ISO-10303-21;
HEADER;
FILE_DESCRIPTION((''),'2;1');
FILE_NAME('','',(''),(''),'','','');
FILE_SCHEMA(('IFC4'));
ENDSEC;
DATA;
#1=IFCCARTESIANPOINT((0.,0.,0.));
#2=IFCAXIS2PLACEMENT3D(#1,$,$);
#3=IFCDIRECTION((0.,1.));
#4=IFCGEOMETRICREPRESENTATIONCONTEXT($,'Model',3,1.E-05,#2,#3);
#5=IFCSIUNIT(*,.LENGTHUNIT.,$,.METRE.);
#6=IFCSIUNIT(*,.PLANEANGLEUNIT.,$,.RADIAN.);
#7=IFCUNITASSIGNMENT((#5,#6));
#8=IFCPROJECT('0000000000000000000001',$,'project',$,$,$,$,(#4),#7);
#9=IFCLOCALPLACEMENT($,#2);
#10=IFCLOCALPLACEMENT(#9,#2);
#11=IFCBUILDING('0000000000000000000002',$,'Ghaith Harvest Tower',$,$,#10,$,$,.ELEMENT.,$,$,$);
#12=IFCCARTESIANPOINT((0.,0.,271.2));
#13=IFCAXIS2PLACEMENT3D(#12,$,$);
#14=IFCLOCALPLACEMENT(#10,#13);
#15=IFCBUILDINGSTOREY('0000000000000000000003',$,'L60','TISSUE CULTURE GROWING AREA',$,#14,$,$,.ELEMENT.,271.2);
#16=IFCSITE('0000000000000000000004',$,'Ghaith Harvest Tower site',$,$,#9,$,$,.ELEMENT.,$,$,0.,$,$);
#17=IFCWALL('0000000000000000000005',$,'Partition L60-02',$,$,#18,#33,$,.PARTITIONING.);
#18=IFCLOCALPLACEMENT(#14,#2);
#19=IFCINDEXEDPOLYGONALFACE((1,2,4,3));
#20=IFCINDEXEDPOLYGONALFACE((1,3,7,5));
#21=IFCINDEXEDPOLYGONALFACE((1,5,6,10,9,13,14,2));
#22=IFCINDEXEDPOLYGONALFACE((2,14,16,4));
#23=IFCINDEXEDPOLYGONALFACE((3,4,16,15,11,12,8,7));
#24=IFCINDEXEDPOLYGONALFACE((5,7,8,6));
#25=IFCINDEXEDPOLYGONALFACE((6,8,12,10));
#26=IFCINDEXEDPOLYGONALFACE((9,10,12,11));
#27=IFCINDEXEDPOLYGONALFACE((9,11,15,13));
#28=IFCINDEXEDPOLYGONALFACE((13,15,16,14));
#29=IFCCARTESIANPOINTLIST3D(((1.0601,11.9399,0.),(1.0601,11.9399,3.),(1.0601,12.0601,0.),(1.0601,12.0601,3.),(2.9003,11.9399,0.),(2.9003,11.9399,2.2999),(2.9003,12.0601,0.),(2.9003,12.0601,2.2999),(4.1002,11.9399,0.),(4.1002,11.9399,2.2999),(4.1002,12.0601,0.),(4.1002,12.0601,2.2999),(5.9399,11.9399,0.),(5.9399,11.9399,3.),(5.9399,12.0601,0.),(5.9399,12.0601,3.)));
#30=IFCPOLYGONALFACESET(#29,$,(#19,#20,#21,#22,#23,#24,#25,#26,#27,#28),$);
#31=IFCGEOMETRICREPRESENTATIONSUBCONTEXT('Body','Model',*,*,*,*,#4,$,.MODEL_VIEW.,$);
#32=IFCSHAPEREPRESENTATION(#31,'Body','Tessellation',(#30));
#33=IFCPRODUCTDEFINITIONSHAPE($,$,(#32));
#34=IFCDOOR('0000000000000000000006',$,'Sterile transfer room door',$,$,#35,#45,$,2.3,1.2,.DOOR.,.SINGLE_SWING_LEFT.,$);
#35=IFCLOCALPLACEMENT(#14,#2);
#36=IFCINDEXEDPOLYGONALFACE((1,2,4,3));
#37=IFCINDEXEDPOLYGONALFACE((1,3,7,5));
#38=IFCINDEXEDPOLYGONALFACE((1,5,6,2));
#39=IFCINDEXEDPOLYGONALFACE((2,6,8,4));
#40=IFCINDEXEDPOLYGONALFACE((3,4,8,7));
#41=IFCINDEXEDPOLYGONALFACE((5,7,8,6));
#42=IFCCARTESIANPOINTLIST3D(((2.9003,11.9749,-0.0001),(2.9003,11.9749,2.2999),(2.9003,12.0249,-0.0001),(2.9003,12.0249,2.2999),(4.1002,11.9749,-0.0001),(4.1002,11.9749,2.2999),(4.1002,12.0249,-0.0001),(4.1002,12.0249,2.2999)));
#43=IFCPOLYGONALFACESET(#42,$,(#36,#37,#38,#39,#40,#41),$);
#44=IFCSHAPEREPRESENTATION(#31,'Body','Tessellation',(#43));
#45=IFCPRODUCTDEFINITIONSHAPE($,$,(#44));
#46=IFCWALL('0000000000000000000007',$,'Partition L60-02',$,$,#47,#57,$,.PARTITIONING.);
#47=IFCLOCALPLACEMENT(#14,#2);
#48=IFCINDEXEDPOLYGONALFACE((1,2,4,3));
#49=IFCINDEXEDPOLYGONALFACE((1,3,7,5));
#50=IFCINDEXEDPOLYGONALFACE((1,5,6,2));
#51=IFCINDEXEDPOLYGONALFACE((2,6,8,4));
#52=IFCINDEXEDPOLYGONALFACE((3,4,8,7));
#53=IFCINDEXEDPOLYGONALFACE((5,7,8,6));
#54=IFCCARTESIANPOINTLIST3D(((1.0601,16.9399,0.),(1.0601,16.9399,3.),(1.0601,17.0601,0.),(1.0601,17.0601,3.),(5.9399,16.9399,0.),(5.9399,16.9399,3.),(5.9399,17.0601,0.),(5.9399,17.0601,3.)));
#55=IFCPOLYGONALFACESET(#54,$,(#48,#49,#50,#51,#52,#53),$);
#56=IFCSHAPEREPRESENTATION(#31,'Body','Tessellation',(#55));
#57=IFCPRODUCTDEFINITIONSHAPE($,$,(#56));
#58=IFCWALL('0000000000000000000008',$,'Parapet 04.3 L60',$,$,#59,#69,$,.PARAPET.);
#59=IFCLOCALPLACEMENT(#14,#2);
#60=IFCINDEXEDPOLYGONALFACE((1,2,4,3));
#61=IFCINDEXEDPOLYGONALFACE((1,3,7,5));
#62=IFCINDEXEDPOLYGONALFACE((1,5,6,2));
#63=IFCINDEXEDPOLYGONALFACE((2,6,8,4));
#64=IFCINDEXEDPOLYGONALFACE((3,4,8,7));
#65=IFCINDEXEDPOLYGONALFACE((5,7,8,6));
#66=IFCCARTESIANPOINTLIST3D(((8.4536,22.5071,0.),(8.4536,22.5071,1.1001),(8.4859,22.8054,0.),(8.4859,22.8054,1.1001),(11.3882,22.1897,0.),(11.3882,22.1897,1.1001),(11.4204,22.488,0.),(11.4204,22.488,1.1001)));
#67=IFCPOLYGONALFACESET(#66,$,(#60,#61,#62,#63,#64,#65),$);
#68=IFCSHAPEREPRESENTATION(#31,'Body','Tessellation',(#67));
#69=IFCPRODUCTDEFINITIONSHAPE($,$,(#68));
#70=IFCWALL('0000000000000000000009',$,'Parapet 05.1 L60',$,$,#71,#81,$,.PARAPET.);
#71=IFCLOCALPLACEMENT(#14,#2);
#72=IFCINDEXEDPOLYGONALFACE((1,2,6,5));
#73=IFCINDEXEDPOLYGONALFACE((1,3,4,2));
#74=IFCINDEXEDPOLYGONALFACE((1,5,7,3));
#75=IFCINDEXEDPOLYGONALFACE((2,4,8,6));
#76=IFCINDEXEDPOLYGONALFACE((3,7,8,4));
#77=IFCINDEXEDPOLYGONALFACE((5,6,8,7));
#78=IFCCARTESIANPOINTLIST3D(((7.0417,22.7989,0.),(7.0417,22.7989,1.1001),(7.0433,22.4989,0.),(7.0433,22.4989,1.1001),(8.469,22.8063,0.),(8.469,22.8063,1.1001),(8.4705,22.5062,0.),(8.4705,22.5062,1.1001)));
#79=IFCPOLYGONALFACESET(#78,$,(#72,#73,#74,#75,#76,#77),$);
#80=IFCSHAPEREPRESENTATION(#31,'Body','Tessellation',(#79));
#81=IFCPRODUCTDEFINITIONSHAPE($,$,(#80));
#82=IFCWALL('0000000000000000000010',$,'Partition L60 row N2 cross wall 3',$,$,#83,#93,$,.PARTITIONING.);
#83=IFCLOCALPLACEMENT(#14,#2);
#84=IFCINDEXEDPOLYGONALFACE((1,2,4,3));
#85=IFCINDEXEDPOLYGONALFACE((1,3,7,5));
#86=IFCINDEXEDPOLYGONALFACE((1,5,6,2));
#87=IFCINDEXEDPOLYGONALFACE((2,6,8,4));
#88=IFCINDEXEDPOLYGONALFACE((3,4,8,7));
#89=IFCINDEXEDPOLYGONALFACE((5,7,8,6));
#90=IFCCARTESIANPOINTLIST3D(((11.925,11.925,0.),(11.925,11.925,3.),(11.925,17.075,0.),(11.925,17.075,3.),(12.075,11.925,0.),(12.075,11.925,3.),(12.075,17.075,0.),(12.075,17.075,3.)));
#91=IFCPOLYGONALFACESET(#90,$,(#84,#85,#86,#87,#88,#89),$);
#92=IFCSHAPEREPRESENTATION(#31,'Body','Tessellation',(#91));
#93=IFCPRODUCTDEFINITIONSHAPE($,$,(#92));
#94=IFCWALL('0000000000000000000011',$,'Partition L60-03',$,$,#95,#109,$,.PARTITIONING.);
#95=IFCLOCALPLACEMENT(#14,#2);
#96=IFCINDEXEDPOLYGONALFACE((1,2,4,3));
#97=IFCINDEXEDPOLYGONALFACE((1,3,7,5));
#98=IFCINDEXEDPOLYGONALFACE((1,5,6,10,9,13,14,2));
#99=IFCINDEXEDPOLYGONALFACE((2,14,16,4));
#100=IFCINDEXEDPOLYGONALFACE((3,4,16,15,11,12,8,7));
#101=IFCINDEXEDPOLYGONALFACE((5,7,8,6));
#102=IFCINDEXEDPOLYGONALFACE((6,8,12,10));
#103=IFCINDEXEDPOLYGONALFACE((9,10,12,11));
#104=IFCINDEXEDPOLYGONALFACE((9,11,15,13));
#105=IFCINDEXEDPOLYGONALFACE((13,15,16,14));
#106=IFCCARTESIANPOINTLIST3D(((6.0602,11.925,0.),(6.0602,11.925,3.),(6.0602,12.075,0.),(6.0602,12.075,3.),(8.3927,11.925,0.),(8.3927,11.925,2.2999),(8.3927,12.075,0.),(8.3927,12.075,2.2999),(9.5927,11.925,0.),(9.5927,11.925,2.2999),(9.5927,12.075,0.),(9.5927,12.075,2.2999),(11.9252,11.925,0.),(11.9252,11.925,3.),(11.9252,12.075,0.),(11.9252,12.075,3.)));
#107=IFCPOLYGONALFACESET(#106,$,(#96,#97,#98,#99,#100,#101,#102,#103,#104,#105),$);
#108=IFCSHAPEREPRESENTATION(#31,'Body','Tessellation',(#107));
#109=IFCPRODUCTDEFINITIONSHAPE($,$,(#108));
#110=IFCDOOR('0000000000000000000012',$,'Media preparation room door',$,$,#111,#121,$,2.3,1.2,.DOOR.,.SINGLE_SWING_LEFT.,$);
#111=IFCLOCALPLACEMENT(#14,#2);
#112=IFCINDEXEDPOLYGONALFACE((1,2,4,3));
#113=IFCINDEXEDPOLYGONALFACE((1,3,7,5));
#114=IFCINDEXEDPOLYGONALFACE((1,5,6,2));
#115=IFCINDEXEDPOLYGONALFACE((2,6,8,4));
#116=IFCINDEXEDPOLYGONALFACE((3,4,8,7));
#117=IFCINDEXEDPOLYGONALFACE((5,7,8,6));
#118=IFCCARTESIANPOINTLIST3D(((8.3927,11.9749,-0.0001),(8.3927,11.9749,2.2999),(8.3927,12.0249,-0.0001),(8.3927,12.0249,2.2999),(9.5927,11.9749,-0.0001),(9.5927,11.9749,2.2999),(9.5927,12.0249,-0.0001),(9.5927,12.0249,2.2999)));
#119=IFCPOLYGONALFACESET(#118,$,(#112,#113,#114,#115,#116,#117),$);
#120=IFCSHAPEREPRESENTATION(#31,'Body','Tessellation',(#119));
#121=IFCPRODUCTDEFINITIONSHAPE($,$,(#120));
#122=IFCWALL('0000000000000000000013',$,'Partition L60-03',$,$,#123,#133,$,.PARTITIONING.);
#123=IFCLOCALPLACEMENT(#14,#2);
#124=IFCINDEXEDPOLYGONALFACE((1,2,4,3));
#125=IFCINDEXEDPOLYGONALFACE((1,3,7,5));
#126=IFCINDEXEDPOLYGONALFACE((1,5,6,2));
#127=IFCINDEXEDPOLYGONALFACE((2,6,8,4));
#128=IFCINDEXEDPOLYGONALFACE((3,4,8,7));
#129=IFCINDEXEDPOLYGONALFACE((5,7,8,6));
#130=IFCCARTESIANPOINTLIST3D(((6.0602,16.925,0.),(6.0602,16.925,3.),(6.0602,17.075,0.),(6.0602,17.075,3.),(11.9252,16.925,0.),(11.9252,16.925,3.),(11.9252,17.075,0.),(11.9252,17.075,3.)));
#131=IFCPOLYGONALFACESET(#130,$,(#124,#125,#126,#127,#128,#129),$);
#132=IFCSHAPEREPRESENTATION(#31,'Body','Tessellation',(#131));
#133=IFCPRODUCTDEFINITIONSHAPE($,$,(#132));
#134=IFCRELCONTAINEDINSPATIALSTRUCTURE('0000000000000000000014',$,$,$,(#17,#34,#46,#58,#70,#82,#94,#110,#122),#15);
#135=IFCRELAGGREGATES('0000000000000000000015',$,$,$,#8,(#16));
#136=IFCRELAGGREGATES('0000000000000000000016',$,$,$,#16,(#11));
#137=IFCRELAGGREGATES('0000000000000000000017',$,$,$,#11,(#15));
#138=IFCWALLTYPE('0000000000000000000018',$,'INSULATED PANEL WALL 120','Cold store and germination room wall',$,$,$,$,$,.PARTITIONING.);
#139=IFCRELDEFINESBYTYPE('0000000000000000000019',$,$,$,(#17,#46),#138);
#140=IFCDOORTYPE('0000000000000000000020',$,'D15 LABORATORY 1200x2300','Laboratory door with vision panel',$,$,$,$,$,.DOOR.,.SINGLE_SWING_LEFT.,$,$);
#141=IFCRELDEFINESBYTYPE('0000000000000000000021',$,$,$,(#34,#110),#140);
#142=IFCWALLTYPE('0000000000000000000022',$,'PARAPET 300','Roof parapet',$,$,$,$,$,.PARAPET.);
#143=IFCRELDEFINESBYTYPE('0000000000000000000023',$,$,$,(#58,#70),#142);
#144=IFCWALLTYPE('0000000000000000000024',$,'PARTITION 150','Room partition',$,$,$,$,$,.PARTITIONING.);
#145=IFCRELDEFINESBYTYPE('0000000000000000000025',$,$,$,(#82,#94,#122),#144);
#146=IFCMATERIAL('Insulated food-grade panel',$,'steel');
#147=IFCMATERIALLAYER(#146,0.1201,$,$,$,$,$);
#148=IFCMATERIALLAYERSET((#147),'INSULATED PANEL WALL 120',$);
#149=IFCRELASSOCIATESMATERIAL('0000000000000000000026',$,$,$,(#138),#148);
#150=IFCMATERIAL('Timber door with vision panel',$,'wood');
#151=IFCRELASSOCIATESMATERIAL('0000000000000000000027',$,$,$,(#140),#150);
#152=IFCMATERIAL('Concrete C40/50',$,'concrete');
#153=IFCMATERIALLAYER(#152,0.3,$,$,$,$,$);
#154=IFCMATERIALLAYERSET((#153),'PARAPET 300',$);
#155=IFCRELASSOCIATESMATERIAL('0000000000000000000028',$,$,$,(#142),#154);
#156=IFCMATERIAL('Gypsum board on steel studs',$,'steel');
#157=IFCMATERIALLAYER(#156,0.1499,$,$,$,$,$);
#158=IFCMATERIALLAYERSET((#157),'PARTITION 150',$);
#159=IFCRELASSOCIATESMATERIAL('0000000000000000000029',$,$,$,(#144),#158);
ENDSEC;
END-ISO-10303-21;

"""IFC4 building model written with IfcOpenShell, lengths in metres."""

from ifc_helpers import new_model, si_unit, direction, frame, frame_2d, origin, place, context, subcontext, project, spatial, rectangle, extrude, material, layer, layer_set, type_object, element, fill, save


model = new_model("IFC4")

# Units and contexts
model_context = context("Model", 3, precision=1e-05, world=origin(), true_north=direction((0.0, 1.0)))
body_context = subcontext(model_context, "Body", "Model", "MODEL_VIEW")
ifc_project = project(units=[si_unit("LENGTHUNIT", "METRE"), si_unit("PLANEANGLEUNIT", "RADIAN")], contexts=[model_context])

# Site, building, storey
site_placement = place(None, origin())
site = spatial("IfcSite", under=ifc_project, at=site_placement, Name="Ghaith Harvest Tower site", CompositionType="ELEMENT", RefElevation=0.0)
building_placement = place(site_placement, origin())
building = spatial("IfcBuilding", under=site, at=building_placement, Name="Ghaith Harvest Tower", CompositionType="ELEMENT")
storey_placement = place(building_placement, frame((0.0, 0.0, 271.2)))
storey = spatial("IfcBuildingStorey", under=building, at=storey_placement, Name="L60", Description="TISSUE CULTURE GROWING AREA", CompositionType="ELEMENT", Elevation=271.2)

# Shared definitions
ifc_material_1 = material(Name="Insulated food-grade panel", Category="steel")
ifc_layer_1 = layer(ifc_material_1, 0.1201)
ifc_layer_set_1 = layer_set([ifc_layer_1], Name="INSULATED PANEL WALL 120")
wall_type_1 = type_object("IfcWallType", Name="INSULATED PANEL WALL 120", Description="Cold store and germination room wall", PredefinedType="PARTITIONING", material=ifc_layer_set_1)

# Wall, opening, door
wall_1_placement = place(storey_placement, frame((1.0601, 12.0, 0.0), z_axis=(0.0, 0.0, 1.0), x_axis=(1.0, 0.0, 0.0)))
wall_1 = element("IfcWall", 1, at=wall_1_placement, inside=storey, type_object=wall_type_1, Name="Partition L60-02", PredefinedType="PARTITIONING", context=body_context, shape_type="SweptSolid", body=[
    extrude(rectangle(XDim=4.8799, YDim=0.1201, at=frame_2d((2.4399, 0.0))), origin(), (0.0, 0.0, 1.0), 3.0),
])
opening_1_placement = place(wall_1_placement, frame((1.8401, 0.0, 0.0)))
opening_1 = element("IfcOpeningElement", 2, at=opening_1_placement, cuts=wall_1, PredefinedType="OPENING", context=body_context, shape_type="SweptSolid", body=[
    extrude(rectangle(XDim=1.2, YDim=2.3, at=frame_2d((0.6001, 1.1499))), frame((0.0, 0.0701, 0.0), z_axis=(0.0, -1.0, 0.0), x_axis=(1.0, 0.0, 0.0)), (0.0, 0.0, 1.0), 0.1401),
])
ifc_material_2 = material(Name="Timber door with vision panel", Category="wood")
door_type = type_object("IfcDoorType", Name="D15 LABORATORY 1200x2300", Description="Laboratory door with vision panel", OperationType="SINGLE_SWING_LEFT", PredefinedType="DOOR", material=ifc_material_2)
door_1_placement = place(opening_1_placement, origin())
door_1 = element("IfcDoor", 3, at=door_1_placement, inside=storey, type_object=door_type, Name="Sterile transfer room door", OperationType="SINGLE_SWING_LEFT", OverallHeight=2.3, OverallWidth=1.2, PredefinedType="DOOR", context=body_context, shape_type="SweptSolid", body=[
    extrude(rectangle(XDim=1.2, YDim=2.3, at=frame_2d((0.6001, 1.1499))), frame((0.0, 0.0249, 0.0), z_axis=(0.0, -1.0, 0.0), x_axis=(1.0, 0.0, 0.0)), (0.0, 0.0, 1.0), 0.05),
])
fill(opening_1, door_1)

# Walls
wall_2_placement = place(storey_placement, frame((1.0601, 17.0, 0.0), z_axis=(0.0, 0.0, 1.0), x_axis=(1.0, 0.0, 0.0)))
element("IfcWall", 4, at=wall_2_placement, inside=storey, type_object=wall_type_1, Name="Partition L60-02", PredefinedType="PARTITIONING", context=body_context, shape_type="SweptSolid", body=[
    extrude(rectangle(XDim=4.8799, YDim=0.1201, at=frame_2d((2.4399, 0.0))), origin(), (0.0, 0.0, 1.0), 3.0),
])
ifc_material_3 = material(Name="Concrete C40/50", Category="concrete")
ifc_layer_2 = layer(ifc_material_3, 0.3)
ifc_layer_set_2 = layer_set([ifc_layer_2], Name="PARAPET 300")
wall_type_2 = type_object("IfcWallType", Name="PARAPET 300", Description="Roof parapet", PredefinedType="PARAPET", material=ifc_layer_set_2)
wall_3_placement = place(storey_placement, frame((11.4043, 22.3389, 0.0), z_axis=(0.0, 0.0, 1.0), x_axis=(-0.994202, 0.107526, 0.0)))
element("IfcWall", 5, at=wall_3_placement, inside=storey, type_object=wall_type_2, Name="Parapet 04.3 L60", PredefinedType="PARAPET", context=body_context, shape_type="SweptSolid", body=[
    extrude(rectangle(XDim=2.9517, YDim=0.3, at=frame_2d((1.4758, 0.0))), origin(), (0.0, 0.0, 1.0), 1.1001),
])
wall_4_placement = place(storey_placement, frame((8.4697, 22.6562, 0.0), z_axis=(0.0, 0.0, 1.0), x_axis=(-0.999987, -0.005132, 0.0)))
element("IfcWall", 6, at=wall_4_placement, inside=storey, type_object=wall_type_2, Name="Parapet 05.1 L60", PredefinedType="PARAPET", context=body_context, shape_type="SweptSolid", body=[
    extrude(rectangle(XDim=1.4272, YDim=0.3, at=frame_2d((0.7136, 0.0))), origin(), (0.0, 0.0, 1.0), 1.1001),
])
ifc_material_4 = material(Name="Gypsum board on steel studs", Category="steel")
ifc_layer_3 = layer(ifc_material_4, 0.1499)
ifc_layer_set_3 = layer_set([ifc_layer_3], Name="PARTITION 150")
wall_type_3 = type_object("IfcWallType", Name="PARTITION 150", Description="Room partition", PredefinedType="PARTITIONING", material=ifc_layer_set_3)
wall_5_placement = place(storey_placement, frame((12.0, 11.925, 0.0), z_axis=(0.0, 0.0, 1.0), x_axis=(0.0, 1.0, 0.0)))
element("IfcWall", 7, at=wall_5_placement, inside=storey, type_object=wall_type_3, Name="Partition L60 row N2 cross wall 3", PredefinedType="PARTITIONING", context=body_context, shape_type="SweptSolid", body=[
    extrude(rectangle(XDim=5.1499, YDim=0.1499, at=frame_2d((2.575, 0.0))), origin(), (0.0, 0.0, 1.0), 3.0),
])

# Wall, opening, door
wall_6_placement = place(storey_placement, frame((6.0601, 12.0, 0.0), z_axis=(0.0, 0.0, 1.0), x_axis=(1.0, 0.0, 0.0)))
wall_6 = element("IfcWall", 8, at=wall_6_placement, inside=storey, type_object=wall_type_3, Name="Partition L60-03", PredefinedType="PARTITIONING", context=body_context, shape_type="SweptSolid", body=[
    extrude(rectangle(XDim=5.865, YDim=0.1499, at=frame_2d((2.9326, 0.0))), origin(), (0.0, 0.0, 1.0), 3.0),
])
opening_2_placement = place(wall_6_placement, frame((2.3325, 0.0, 0.0)))
opening_2 = element("IfcOpeningElement", 9, at=opening_2_placement, cuts=wall_6, PredefinedType="OPENING", context=body_context, shape_type="SweptSolid", body=[
    extrude(rectangle(XDim=1.2, YDim=2.3, at=frame_2d((0.6001, 1.1499))), frame((0.0, 0.085, 0.0), z_axis=(0.0, -1.0, 0.0), x_axis=(1.0, 0.0, 0.0)), (0.0, 0.0, 1.0), 0.1699),
])
door_2_placement = place(opening_2_placement, origin())
door_2 = element("IfcDoor", 10, at=door_2_placement, inside=storey, type_object=door_type, Name="Media preparation room door", OperationType="SINGLE_SWING_LEFT", OverallHeight=2.3, OverallWidth=1.2, PredefinedType="DOOR", context=body_context, shape_type="SweptSolid", body=[
    extrude(rectangle(XDim=1.2, YDim=2.3, at=frame_2d((0.6001, 1.1499))), frame((0.0, 0.0249, 0.0), z_axis=(0.0, -1.0, 0.0), x_axis=(1.0, 0.0, 0.0)), (0.0, 0.0, 1.0), 0.05),
])
fill(opening_2, door_2)

# Wall
wall_7_placement = place(storey_placement, frame((6.0601, 17.0, 0.0), z_axis=(0.0, 0.0, 1.0), x_axis=(1.0, 0.0, 0.0)))
element("IfcWall", 11, at=wall_7_placement, inside=storey, type_object=wall_type_3, Name="Partition L60-03", PredefinedType="PARTITIONING", context=body_context, shape_type="SweptSolid", body=[
    extrude(rectangle(XDim=5.865, YDim=0.1499, at=frame_2d((2.9326, 0.0))), origin(), (0.0, 0.0, 1.0), 3.0),
])

save(model, "model.ifc")
